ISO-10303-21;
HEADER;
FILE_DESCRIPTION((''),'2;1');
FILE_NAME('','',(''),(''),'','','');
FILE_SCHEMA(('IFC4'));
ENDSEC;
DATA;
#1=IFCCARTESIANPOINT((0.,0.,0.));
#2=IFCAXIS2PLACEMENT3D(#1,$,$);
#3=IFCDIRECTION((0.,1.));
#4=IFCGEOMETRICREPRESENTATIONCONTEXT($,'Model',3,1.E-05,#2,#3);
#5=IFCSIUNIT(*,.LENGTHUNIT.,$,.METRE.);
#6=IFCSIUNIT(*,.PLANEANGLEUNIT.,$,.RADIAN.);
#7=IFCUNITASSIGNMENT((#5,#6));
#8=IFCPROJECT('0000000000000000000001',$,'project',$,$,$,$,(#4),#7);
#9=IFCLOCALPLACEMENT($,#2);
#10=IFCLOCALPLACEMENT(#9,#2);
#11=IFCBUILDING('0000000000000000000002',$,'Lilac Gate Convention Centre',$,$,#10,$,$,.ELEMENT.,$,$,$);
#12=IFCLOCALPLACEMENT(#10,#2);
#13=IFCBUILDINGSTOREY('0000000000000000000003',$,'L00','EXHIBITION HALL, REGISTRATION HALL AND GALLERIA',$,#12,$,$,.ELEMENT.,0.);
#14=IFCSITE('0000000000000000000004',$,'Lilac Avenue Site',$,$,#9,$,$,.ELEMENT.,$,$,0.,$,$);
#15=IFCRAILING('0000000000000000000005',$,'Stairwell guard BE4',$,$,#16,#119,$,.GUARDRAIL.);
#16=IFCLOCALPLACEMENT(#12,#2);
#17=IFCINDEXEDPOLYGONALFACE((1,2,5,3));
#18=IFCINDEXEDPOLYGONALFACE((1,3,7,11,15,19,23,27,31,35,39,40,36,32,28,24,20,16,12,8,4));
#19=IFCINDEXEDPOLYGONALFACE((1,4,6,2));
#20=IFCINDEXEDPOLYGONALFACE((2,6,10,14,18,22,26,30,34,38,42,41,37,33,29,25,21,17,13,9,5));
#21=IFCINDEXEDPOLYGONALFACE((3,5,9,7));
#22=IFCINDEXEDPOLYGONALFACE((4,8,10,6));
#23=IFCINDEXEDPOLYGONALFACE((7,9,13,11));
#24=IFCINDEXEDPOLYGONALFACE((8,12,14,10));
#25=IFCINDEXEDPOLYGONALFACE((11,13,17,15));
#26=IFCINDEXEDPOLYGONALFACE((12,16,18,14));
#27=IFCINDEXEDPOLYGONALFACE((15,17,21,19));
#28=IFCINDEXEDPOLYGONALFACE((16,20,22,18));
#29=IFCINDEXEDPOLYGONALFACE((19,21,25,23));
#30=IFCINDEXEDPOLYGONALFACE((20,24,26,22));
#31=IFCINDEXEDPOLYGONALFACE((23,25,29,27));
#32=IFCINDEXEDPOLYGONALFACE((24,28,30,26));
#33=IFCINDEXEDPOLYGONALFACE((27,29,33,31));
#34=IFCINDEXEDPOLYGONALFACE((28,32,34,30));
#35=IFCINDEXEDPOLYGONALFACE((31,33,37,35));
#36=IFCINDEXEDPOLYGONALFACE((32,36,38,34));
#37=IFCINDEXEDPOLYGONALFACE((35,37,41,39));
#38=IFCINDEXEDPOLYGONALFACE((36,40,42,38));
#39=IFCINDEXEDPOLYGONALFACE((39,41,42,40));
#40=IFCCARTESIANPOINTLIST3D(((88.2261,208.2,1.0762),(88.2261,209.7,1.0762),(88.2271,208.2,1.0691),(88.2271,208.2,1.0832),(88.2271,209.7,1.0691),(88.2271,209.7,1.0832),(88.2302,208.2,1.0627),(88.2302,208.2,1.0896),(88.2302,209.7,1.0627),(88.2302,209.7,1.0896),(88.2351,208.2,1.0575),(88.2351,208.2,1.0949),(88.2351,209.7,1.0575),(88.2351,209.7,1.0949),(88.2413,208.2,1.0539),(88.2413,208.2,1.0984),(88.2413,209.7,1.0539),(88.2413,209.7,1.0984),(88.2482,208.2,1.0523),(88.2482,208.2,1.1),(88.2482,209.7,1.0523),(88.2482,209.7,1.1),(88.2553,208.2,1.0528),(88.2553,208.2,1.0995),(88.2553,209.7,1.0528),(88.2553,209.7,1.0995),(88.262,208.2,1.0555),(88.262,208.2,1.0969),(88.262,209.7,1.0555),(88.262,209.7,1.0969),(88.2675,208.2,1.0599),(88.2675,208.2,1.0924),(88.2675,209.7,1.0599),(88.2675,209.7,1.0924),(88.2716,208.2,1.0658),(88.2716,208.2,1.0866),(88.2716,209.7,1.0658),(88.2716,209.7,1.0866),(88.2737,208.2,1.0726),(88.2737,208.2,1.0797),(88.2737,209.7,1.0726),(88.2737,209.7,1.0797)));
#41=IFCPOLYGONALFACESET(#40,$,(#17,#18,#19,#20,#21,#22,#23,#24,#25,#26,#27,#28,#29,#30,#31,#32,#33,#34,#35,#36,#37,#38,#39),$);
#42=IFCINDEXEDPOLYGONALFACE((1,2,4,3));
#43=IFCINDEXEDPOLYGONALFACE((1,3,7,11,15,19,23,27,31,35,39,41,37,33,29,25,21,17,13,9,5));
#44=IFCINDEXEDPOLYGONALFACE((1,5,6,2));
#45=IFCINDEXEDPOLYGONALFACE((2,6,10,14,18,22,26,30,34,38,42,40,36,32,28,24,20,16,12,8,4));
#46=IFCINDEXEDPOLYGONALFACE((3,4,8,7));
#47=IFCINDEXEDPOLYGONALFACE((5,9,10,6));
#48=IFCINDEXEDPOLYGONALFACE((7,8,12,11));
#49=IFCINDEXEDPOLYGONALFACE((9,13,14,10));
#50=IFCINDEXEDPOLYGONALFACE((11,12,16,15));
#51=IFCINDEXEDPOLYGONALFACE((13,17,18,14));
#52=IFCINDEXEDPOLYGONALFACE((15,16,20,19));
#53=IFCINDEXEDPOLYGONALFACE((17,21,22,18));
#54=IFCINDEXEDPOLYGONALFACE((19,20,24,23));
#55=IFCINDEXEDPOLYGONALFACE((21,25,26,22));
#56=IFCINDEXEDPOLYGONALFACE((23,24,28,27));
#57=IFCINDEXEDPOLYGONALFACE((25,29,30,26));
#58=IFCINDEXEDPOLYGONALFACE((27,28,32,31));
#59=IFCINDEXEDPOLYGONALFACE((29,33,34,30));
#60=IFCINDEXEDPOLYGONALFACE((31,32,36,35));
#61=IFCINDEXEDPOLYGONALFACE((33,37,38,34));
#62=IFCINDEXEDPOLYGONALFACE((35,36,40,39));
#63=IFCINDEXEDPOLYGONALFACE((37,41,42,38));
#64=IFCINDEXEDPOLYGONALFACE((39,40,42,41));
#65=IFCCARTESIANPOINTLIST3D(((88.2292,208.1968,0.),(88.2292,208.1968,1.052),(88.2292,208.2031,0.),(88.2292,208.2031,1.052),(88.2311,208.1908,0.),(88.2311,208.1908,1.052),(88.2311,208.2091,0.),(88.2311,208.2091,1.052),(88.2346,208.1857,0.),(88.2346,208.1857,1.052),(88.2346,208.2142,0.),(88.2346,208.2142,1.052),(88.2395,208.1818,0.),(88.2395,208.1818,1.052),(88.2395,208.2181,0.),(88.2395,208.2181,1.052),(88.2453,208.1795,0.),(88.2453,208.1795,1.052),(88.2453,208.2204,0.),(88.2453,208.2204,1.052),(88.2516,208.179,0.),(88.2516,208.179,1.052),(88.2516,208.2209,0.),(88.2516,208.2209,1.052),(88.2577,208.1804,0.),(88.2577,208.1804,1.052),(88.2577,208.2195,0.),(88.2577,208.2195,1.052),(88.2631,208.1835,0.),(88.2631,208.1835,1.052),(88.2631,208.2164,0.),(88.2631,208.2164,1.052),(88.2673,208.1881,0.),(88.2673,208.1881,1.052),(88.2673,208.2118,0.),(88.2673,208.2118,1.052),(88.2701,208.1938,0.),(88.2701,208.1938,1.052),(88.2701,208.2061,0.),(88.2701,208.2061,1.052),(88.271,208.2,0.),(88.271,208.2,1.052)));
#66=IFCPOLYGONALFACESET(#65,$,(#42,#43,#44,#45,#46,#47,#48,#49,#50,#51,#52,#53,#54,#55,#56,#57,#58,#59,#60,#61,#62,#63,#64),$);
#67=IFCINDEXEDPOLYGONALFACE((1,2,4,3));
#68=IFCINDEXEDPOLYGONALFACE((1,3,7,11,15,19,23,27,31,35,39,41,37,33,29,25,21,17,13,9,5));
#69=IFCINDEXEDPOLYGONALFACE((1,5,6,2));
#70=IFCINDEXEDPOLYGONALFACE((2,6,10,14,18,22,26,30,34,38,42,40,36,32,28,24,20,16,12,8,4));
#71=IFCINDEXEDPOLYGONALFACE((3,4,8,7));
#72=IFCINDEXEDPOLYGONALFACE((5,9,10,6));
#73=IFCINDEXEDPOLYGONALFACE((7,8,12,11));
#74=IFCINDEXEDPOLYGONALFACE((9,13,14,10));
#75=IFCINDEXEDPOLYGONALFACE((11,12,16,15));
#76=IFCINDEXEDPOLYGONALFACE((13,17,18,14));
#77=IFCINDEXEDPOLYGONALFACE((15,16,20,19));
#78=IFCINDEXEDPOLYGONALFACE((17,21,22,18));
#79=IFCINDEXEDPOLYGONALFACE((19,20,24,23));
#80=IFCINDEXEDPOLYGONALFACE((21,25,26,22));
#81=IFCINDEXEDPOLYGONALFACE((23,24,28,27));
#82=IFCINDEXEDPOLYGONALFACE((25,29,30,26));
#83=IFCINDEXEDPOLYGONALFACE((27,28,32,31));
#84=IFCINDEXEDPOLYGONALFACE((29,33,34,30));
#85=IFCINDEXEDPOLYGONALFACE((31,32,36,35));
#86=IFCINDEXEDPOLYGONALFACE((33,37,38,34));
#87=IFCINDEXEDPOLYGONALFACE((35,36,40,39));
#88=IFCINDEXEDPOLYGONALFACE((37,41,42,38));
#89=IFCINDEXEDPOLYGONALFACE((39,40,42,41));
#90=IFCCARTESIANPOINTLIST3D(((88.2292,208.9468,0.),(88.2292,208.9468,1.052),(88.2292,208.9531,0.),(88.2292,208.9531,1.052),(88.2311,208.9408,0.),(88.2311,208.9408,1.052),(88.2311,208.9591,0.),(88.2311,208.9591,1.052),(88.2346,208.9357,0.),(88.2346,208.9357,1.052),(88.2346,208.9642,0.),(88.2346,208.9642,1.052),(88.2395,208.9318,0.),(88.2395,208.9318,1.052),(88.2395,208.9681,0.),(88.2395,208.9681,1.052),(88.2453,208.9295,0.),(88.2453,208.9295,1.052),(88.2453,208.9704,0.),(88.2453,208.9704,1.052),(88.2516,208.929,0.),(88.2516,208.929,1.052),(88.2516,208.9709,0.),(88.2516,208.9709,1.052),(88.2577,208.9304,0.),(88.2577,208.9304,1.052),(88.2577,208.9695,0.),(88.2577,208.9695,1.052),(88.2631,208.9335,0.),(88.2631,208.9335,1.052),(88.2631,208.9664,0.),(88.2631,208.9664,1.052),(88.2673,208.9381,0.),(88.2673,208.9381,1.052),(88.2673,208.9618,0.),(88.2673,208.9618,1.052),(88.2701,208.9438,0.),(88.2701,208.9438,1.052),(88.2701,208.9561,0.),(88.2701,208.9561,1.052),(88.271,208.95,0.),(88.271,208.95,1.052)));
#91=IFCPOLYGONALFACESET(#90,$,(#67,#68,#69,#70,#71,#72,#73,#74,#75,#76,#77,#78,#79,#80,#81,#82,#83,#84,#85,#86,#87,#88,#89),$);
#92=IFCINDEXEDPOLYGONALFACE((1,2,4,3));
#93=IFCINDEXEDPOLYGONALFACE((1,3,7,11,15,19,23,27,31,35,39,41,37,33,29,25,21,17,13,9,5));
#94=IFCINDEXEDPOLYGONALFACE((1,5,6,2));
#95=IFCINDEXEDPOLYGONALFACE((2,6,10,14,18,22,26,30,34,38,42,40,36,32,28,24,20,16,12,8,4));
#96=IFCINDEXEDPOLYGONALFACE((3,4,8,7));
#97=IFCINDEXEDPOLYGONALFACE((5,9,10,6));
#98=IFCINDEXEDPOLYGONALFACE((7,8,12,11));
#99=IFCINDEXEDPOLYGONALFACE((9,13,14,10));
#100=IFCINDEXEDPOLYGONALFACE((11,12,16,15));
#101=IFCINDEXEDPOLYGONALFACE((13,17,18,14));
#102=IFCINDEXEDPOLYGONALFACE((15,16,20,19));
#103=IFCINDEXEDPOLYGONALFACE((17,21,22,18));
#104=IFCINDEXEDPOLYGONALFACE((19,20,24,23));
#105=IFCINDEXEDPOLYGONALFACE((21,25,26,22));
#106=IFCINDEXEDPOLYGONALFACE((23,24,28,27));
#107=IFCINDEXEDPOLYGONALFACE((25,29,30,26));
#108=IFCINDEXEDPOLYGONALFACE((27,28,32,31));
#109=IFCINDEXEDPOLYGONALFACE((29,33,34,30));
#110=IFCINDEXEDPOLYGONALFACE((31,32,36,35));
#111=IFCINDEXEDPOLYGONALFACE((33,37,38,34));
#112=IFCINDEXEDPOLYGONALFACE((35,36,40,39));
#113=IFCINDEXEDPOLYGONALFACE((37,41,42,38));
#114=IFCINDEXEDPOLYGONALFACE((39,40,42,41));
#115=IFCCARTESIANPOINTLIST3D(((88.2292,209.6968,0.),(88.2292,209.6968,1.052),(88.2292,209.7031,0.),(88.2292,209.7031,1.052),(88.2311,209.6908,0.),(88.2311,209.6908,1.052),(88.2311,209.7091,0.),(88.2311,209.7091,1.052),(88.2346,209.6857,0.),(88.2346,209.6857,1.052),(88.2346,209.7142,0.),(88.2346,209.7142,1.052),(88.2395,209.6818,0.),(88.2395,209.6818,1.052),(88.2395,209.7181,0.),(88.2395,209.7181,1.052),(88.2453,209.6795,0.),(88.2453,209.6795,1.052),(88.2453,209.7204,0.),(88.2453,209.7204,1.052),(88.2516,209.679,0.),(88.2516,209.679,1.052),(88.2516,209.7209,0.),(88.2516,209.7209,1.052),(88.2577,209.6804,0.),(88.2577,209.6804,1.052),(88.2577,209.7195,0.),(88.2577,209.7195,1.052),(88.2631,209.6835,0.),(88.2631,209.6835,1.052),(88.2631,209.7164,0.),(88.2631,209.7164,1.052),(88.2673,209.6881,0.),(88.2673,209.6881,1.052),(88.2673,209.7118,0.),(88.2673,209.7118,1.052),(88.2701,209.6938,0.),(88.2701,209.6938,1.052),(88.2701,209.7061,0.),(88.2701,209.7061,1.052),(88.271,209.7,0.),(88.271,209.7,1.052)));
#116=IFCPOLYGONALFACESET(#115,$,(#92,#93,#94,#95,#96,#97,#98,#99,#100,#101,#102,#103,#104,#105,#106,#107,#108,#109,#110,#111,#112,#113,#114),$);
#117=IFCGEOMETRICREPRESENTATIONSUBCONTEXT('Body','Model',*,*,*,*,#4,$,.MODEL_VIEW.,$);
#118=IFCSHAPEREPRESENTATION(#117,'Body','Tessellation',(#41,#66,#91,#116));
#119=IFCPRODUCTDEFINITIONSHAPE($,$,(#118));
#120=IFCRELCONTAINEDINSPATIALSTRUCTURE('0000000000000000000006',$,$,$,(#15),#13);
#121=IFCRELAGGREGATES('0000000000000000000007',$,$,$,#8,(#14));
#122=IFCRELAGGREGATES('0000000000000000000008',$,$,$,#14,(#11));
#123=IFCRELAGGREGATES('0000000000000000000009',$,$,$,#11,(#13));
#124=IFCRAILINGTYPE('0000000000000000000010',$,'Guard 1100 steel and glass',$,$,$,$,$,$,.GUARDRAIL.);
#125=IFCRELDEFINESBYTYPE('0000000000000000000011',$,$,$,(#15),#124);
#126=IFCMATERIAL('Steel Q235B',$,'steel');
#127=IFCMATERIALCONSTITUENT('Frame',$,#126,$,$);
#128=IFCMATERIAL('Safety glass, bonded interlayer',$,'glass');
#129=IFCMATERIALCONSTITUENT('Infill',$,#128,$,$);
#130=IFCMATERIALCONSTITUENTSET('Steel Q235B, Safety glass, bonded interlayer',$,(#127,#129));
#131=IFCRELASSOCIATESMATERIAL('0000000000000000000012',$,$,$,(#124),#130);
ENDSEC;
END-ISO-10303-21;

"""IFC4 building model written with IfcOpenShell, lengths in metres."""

from ifc_helpers import new_model, si_unit, direction, frame, origin, origin_2d, place, context, subcontext, project, spatial, circle, extrude, material, constituent, constituent_set, type_object, element, save


model = new_model("IFC4")

# Units and contexts
model_context = context("Model", 3, precision=1e-05, world=origin(), true_north=direction((0.0, 1.0)))
body_context = subcontext(model_context, "Body", "Model", "MODEL_VIEW")
ifc_project = project(units=[si_unit("LENGTHUNIT", "METRE"), si_unit("PLANEANGLEUNIT", "RADIAN")], contexts=[model_context])

# Site, building, storey
site_placement = place(None, origin())
site = spatial("IfcSite", under=ifc_project, at=site_placement, Name="Lilac Avenue Site", CompositionType="ELEMENT", RefElevation=0.0)
building_placement = place(site_placement, origin())
building = spatial("IfcBuilding", under=site, at=building_placement, Name="Lilac Gate Convention Centre", CompositionType="ELEMENT")
storey_placement = place(building_placement, origin())
storey = spatial("IfcBuildingStorey", under=building, at=storey_placement, Name="L00", Description="EXHIBITION HALL, REGISTRATION HALL AND GALLERIA", CompositionType="ELEMENT", Elevation=0.0)

# Shared definitions
ifc_material_1 = material(Name="Steel Q235B", Category="steel")

# Railing
ifc_constituent_1 = constituent(ifc_material_1, Name="Frame")
ifc_material_2 = material(Name="Safety glass, bonded interlayer", Category="glass")
ifc_constituent_2 = constituent(ifc_material_2, Name="Infill")
ifc_constituent_set = constituent_set(constituents=[ifc_constituent_1, ifc_constituent_2], Name="Steel Q235B, Safety glass, bonded interlayer")
railing_type_1 = type_object("IfcRailingType", Name="Guard 1100 steel and glass", PredefinedType="GUARDRAIL", material=ifc_constituent_set)
for number, where, name in (
    (1, (88.25, 208.2, 0.0), "Stairwell guard BE4"),
):
    element("IfcRailing", number, at=place(storey_placement, frame(where)), inside=storey, type_object=railing_type_1, Name=name, PredefinedType="GUARDRAIL", context=body_context, shape_type="SweptSolid", body=[
        extrude(circle(Radius=0.0239, at=origin_2d()), frame((0.0, 0.0, 1.0762), z_axis=(0.0, 1.0, 0.0), x_axis=(-1.0, 0.0, 0.0)), (0.0, 0.0, 1.0), 1.5),
        extrude(circle(Radius=0.021, at=origin_2d()), origin(), (0.0, 0.0, 1.0), 1.052),
        extrude(circle(Radius=0.021, at=origin_2d()), frame((0.0, 0.75, 0.0)), (0.0, 0.0, 1.0), 1.052),
        extrude(circle(Radius=0.021, at=origin_2d()), frame((0.0, 1.5, 0.0)), (0.0, 0.0, 1.0), 1.052),
    ])

save(model, "model.ifc")
